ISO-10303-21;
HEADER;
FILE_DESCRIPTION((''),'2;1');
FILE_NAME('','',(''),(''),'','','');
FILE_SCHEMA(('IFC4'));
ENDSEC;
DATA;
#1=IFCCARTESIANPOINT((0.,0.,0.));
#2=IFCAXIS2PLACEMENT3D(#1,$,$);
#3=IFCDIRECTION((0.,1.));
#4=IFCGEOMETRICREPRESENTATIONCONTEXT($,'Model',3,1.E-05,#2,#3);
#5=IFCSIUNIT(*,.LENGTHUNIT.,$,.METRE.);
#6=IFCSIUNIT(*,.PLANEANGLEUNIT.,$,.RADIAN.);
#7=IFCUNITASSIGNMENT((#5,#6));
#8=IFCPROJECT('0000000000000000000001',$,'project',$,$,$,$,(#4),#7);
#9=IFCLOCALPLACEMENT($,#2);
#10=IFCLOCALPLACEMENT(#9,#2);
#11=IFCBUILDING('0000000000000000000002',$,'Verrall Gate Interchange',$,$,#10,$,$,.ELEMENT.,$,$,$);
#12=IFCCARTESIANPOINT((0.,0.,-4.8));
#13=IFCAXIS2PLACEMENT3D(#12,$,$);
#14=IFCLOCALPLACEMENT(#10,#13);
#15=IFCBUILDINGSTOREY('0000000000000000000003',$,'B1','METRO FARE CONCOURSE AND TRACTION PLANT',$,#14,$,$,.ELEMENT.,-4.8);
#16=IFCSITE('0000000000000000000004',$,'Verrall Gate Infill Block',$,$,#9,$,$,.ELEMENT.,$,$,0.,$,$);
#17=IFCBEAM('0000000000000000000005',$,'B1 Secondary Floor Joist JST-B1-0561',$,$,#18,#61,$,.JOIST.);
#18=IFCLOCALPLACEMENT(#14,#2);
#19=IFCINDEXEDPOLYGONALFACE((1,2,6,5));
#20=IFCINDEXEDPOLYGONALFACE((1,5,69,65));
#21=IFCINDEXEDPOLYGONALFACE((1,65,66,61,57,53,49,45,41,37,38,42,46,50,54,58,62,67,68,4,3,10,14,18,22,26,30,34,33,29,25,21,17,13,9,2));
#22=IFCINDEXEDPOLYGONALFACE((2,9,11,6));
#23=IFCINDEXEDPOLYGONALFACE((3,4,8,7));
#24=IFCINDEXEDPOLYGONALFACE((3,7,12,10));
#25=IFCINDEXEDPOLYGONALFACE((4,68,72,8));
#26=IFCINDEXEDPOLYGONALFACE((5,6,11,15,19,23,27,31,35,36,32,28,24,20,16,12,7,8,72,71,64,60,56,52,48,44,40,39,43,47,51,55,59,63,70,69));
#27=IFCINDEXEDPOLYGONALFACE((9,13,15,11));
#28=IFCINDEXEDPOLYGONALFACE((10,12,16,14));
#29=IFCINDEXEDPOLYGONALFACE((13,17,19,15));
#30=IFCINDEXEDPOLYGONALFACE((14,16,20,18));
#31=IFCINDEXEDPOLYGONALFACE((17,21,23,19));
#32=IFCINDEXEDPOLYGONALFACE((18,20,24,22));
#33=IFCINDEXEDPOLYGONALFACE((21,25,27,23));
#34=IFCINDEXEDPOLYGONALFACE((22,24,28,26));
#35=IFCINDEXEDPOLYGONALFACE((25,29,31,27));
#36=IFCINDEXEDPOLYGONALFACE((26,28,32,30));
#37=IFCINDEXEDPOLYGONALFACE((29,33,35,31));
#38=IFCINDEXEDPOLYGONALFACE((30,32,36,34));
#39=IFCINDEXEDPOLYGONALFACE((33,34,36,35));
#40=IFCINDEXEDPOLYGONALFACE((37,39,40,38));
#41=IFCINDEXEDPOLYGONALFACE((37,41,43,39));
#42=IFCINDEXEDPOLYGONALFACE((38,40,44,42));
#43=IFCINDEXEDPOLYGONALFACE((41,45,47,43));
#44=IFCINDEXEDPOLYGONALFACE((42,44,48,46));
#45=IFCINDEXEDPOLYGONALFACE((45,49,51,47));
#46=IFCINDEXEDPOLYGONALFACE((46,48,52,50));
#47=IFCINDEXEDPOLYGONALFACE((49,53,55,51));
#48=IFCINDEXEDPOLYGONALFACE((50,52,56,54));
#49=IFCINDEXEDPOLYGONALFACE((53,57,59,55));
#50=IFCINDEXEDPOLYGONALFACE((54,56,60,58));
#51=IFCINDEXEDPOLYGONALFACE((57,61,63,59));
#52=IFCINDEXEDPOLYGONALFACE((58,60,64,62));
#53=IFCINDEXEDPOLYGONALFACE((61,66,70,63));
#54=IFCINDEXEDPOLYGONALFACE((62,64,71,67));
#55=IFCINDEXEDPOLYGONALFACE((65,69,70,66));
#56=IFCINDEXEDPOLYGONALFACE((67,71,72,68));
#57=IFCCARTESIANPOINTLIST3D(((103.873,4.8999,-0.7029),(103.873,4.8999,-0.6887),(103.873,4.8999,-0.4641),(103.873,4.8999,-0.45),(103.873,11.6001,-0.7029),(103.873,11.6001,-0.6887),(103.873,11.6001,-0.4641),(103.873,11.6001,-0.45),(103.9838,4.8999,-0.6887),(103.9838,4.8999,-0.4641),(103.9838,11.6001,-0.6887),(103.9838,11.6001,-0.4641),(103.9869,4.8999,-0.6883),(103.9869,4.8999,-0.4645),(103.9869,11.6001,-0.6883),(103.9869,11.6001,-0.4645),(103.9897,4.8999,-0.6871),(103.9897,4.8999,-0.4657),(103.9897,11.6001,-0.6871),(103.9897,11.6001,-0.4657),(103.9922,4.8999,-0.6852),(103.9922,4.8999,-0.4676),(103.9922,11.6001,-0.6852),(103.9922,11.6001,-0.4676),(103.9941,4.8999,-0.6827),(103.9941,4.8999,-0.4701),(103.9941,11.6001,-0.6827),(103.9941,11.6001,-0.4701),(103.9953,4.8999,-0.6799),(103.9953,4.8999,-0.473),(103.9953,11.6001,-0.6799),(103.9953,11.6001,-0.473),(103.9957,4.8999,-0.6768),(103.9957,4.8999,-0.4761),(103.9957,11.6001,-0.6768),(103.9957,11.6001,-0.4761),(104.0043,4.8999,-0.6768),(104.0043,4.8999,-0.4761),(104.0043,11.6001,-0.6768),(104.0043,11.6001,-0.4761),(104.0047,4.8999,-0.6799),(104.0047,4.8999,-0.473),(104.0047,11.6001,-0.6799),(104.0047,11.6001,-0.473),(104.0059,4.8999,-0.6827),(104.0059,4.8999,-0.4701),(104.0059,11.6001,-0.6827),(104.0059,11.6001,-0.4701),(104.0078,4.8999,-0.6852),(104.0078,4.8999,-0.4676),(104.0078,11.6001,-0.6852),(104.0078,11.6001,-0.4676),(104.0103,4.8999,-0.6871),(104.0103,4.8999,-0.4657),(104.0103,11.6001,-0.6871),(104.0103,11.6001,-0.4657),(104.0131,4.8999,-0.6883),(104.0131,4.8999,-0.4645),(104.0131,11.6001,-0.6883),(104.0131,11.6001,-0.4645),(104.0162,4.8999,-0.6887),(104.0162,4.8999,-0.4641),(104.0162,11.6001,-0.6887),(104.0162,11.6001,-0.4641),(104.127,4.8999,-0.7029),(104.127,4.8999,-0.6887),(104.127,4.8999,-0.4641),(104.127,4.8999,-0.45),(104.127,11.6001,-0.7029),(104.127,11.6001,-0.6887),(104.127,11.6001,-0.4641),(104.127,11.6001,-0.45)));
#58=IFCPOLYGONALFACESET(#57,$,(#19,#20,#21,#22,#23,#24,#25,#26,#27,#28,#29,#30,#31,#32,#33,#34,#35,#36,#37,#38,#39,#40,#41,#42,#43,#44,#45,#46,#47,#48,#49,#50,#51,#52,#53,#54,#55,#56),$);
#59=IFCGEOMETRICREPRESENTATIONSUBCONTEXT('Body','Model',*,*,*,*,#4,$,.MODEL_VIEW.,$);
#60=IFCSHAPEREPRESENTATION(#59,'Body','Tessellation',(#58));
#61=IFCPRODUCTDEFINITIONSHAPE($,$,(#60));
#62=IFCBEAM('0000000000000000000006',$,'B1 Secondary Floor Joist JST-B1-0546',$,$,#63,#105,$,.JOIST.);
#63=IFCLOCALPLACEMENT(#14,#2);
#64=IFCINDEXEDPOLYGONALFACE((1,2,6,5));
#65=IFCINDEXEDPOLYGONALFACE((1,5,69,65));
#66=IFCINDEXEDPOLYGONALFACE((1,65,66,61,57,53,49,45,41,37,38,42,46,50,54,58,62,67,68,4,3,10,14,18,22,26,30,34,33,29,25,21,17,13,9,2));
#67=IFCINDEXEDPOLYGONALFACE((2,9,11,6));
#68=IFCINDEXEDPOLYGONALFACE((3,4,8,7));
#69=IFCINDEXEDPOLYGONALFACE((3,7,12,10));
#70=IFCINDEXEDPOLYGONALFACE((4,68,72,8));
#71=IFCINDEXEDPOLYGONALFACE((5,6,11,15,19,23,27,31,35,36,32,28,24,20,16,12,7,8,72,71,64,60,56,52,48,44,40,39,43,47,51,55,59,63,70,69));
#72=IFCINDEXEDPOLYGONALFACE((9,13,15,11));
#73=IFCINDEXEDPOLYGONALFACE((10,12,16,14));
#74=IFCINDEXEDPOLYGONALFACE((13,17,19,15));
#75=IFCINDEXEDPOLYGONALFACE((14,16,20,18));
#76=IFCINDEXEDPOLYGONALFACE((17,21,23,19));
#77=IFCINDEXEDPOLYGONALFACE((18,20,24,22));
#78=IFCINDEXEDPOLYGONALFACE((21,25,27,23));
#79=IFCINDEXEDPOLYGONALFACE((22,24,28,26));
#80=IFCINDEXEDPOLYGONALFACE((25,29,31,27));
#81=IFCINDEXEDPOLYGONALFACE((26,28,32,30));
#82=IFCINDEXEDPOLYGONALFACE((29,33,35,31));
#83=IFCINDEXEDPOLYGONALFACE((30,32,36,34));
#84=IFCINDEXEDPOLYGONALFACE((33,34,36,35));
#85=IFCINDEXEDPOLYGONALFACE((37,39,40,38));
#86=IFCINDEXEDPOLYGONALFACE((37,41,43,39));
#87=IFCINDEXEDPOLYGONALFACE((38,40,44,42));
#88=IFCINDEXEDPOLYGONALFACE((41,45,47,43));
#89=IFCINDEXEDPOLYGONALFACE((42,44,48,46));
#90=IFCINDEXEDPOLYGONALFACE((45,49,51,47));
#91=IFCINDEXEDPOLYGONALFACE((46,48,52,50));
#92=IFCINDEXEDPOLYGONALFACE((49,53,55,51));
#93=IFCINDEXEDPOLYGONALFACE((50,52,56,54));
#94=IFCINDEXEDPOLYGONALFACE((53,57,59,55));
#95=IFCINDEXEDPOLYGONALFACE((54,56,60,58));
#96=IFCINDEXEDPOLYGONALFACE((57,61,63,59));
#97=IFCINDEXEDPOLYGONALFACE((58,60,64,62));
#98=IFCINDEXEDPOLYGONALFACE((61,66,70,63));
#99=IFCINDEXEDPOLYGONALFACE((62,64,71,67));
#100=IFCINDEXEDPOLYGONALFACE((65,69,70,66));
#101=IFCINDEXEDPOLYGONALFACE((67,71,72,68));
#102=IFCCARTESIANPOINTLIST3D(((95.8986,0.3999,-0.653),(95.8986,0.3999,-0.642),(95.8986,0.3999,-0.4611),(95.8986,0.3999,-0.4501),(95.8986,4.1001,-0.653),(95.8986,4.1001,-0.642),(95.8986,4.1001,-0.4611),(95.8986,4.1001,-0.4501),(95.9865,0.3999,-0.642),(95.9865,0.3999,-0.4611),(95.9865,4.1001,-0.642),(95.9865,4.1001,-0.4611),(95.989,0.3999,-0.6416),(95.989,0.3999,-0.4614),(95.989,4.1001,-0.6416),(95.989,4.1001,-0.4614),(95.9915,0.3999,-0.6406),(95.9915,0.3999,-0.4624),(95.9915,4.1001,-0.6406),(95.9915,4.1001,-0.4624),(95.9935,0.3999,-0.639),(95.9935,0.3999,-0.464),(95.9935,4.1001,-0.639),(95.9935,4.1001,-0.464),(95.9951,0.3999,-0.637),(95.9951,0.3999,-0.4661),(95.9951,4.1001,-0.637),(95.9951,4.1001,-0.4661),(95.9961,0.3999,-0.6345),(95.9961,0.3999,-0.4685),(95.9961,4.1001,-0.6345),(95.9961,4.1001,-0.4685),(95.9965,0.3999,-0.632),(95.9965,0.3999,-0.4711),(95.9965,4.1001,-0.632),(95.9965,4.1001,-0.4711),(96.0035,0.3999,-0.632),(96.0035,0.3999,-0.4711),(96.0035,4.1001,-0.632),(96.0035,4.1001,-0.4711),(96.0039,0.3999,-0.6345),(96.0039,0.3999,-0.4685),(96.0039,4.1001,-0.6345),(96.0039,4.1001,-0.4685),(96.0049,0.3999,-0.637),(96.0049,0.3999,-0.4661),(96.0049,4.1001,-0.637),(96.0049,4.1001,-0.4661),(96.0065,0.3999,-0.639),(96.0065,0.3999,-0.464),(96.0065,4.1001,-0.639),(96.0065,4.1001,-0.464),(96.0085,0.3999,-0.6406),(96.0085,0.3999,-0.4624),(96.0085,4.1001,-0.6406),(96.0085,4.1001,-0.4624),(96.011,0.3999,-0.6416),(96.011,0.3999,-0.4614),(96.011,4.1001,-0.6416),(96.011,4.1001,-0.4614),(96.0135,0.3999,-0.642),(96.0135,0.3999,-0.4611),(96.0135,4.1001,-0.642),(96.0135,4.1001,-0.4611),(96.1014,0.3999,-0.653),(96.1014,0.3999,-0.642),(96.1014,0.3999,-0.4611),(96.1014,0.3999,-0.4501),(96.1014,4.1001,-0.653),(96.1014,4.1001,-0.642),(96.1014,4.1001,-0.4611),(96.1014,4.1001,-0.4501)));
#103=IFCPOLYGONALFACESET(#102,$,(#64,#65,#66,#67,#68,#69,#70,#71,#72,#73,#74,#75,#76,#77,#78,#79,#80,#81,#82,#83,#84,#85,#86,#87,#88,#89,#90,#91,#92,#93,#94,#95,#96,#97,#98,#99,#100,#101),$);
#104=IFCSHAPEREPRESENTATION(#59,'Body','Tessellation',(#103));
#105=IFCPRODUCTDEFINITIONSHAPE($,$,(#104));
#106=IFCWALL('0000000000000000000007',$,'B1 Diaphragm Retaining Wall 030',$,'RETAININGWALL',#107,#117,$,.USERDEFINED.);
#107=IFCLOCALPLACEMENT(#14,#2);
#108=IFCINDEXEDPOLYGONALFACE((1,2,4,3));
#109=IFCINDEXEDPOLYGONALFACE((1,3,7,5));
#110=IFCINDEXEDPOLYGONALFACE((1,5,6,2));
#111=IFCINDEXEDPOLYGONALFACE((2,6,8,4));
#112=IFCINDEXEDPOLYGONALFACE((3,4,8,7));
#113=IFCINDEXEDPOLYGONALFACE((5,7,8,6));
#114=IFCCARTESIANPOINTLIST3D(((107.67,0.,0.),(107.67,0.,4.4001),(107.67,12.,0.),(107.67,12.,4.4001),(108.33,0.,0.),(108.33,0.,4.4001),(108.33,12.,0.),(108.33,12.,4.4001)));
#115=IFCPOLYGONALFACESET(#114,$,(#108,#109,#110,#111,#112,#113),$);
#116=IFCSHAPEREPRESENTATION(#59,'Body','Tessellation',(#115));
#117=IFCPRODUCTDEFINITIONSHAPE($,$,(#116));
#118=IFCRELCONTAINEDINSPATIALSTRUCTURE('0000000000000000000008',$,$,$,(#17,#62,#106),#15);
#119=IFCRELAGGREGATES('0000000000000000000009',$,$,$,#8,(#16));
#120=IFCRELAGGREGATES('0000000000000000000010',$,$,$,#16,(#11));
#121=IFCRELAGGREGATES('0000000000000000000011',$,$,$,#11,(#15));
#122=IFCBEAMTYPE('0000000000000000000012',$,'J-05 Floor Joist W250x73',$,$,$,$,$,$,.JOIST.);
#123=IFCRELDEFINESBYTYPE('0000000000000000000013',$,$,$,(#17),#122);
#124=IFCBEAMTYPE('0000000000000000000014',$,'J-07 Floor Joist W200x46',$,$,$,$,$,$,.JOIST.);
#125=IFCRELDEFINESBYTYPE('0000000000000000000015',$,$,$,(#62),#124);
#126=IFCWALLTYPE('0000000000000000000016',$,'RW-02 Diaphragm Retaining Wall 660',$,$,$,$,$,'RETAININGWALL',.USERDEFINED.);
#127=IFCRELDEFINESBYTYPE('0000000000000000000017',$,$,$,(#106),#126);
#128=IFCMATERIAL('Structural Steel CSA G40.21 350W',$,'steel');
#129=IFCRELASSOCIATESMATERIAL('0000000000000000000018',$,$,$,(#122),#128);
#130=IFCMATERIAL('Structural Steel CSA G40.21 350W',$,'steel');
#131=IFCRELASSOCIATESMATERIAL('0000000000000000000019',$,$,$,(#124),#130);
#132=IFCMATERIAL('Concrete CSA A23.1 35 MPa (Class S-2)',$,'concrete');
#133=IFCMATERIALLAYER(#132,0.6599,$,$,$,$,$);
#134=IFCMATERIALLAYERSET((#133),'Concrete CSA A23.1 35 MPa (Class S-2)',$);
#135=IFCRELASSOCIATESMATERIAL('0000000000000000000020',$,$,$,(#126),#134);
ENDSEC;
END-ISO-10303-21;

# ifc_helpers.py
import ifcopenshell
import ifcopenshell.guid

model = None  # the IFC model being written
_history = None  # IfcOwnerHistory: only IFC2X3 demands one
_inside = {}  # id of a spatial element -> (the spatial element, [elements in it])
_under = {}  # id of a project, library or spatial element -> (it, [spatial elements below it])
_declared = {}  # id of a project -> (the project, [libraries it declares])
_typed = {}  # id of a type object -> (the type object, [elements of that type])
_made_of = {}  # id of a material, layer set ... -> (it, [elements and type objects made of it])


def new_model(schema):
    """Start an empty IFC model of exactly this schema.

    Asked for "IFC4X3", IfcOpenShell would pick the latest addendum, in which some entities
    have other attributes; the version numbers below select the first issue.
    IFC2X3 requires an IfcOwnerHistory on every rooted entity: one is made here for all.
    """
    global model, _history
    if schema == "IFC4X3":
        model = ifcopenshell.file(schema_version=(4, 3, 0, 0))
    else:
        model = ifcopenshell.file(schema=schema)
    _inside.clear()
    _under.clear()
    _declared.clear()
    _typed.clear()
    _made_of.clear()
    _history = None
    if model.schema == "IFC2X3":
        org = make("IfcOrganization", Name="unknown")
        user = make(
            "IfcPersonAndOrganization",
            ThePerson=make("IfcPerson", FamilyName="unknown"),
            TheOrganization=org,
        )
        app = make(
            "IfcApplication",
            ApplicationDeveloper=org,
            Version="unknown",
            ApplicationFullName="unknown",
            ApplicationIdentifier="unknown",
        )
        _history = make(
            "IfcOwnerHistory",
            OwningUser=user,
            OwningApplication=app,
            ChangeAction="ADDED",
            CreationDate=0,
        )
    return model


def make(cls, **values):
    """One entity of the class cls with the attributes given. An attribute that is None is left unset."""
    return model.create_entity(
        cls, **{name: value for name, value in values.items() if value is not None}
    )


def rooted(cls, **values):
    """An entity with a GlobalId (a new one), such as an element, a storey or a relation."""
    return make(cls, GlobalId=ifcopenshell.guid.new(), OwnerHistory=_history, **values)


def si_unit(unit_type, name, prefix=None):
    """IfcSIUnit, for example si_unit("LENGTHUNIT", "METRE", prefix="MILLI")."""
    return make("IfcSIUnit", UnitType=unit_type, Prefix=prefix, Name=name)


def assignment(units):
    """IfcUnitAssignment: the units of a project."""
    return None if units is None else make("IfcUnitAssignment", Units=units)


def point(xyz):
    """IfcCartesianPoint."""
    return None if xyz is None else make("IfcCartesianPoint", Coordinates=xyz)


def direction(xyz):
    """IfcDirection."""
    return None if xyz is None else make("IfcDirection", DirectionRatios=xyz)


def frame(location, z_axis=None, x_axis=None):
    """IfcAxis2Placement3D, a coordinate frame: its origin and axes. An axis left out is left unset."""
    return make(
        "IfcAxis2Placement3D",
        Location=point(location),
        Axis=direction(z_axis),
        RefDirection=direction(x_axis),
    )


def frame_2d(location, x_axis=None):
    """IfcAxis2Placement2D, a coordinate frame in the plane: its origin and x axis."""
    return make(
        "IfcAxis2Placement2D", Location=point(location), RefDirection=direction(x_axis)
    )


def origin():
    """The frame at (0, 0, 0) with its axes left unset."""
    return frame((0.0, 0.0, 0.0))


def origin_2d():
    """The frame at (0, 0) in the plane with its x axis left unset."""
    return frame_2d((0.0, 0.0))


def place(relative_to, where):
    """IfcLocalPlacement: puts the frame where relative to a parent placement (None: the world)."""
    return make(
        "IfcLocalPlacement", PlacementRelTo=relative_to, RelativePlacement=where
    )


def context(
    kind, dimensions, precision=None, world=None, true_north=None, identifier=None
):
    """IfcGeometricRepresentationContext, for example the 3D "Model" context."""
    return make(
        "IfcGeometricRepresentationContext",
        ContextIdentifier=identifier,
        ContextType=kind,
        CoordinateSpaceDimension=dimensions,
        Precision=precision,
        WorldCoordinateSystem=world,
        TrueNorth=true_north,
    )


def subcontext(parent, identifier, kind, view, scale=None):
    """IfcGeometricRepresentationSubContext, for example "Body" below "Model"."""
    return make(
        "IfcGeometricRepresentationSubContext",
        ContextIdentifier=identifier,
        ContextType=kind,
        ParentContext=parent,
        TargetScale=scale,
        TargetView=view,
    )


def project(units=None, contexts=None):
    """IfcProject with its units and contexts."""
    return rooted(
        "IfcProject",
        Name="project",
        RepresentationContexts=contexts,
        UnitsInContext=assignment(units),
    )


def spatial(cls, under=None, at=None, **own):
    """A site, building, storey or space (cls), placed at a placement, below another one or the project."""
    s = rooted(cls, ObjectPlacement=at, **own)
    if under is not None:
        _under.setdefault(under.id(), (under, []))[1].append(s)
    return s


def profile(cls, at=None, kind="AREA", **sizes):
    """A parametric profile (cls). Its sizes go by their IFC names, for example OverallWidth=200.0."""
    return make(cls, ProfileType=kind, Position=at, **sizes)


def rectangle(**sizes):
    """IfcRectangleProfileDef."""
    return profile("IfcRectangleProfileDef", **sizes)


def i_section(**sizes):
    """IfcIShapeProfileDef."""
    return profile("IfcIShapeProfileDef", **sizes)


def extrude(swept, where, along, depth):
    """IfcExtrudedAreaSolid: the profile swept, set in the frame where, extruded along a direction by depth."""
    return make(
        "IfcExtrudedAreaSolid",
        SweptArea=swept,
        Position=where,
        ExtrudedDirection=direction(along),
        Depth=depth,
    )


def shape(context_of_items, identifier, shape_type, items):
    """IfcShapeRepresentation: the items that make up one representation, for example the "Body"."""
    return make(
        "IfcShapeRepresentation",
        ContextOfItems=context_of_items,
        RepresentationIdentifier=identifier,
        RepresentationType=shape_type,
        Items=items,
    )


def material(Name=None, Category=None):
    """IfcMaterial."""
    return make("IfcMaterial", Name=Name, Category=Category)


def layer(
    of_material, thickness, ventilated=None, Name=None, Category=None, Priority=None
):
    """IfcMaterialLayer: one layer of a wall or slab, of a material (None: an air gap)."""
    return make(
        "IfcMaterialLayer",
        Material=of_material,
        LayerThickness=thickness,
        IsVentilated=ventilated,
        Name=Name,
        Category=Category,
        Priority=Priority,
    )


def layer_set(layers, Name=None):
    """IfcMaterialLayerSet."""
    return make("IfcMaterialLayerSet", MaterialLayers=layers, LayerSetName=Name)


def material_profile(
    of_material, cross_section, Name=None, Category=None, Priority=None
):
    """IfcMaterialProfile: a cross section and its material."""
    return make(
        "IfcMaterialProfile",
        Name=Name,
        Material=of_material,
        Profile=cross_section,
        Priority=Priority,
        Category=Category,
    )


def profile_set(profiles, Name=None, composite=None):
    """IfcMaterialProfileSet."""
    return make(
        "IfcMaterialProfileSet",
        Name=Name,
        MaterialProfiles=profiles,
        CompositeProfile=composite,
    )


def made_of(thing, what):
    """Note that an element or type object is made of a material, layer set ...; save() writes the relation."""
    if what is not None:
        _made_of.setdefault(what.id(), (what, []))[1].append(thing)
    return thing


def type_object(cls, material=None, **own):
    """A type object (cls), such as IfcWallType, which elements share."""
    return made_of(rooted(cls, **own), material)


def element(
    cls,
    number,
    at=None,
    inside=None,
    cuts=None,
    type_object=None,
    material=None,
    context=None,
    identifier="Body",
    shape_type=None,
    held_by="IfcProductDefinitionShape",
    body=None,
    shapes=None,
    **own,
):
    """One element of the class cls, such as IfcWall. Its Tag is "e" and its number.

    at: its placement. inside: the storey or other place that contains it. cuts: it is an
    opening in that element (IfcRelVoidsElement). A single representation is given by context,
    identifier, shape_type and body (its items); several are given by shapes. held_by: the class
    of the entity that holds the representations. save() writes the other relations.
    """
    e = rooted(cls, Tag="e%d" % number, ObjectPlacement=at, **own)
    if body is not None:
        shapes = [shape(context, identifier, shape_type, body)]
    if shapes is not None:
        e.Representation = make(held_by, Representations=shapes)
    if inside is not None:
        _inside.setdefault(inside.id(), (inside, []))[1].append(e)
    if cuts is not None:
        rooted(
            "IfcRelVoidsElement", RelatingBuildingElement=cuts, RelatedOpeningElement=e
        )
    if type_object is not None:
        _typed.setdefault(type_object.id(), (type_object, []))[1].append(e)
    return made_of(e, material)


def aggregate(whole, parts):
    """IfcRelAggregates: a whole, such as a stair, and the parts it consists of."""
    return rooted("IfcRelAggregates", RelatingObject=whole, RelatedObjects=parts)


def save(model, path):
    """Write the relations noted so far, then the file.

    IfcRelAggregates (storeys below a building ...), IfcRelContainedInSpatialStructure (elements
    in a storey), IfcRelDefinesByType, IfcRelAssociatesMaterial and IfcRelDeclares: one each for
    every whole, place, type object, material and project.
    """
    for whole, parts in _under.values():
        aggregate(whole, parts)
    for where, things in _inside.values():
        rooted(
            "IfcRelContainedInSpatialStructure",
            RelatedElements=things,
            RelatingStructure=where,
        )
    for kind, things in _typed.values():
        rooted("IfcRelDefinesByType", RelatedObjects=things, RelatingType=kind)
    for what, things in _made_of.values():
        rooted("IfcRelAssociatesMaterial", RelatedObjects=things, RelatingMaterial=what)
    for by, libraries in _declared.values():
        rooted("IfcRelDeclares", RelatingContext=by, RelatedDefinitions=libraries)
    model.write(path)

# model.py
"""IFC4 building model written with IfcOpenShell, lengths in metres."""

from ifc_helpers import new_model, si_unit, direction, frame, frame_2d, origin, origin_2d, place, context, subcontext, project, spatial, rectangle, i_section, extrude, material, layer, layer_set, material_profile, profile_set, type_object, element, save


model = new_model("IFC4")

# Units and contexts
model_context = context("Model", 3, precision=1e-05, world=origin(), true_north=direction((0.0, 1.0)))
body_context = subcontext(model_context, "Body", "Model", "MODEL_VIEW")
ifc_project = project(units=[si_unit("LENGTHUNIT", "METRE"), si_unit("PLANEANGLEUNIT", "RADIAN")], contexts=[model_context])

# Site, building, storey
site_placement = place(None, origin())
site = spatial("IfcSite", under=ifc_project, at=site_placement, Name="Verrall Gate Infill Block", CompositionType="ELEMENT", RefElevation=0.0)
building_placement = place(site_placement, origin())
building = spatial("IfcBuilding", under=site, at=building_placement, Name="Verrall Gate Interchange", CompositionType="ELEMENT")
storey_placement = place(building_placement, frame((0.0, 0.0, -4.8)))
storey = spatial("IfcBuildingStorey", under=building, at=storey_placement, Name="B1", Description="METRO FARE CONCOURSE AND TRACTION PLANT", CompositionType="ELEMENT", Elevation=-4.8)

# Beams
ifc_material_1 = material(Name="Structural Steel CSA G40.21 350W", Category="steel")
ifc_material_profile_1 = material_profile(ifc_material_1, i_section(OverallWidth=0.2539, OverallDepth=0.2529, WebThickness=0.0085, FlangeThickness=0.0142, FilletRadius=0.012, at=origin_2d()), Name="W250x73")
ifc_profile_set_1 = profile_set([ifc_material_profile_1], Name="Structural Steel CSA G40.21 350W")
beam_type_1 = type_object("IfcBeamType", Name="J-05 Floor Joist W250x73", PredefinedType="JOIST", material=ifc_profile_set_1)
beam_1_placement = place(storey_placement, frame((104.0, 4.8999, -0.5764), z_axis=(0.0, 1.0, 0.0), x_axis=(-1.0, 0.0, 0.0)))
element("IfcBeam", 1, at=beam_1_placement, inside=storey, type_object=beam_type_1, Name="B1 Secondary Floor Joist JST-B1-0561", PredefinedType="JOIST", context=body_context, shape_type="SweptSolid", body=[
    extrude(i_section(OverallWidth=0.2539, OverallDepth=0.2529, WebThickness=0.0085, FlangeThickness=0.0142, FilletRadius=0.012, at=origin_2d()), origin(), (0.0, 0.0, 1.0), 6.7002),
])
ifc_material_2 = material(Name="Structural Steel CSA G40.21 350W", Category="steel")
ifc_material_profile_2 = material_profile(ifc_material_2, i_section(OverallWidth=0.2029, OverallDepth=0.2029, WebThickness=0.0071, FlangeThickness=0.011, FilletRadius=0.01, at=origin_2d()), Name="W200x46")
ifc_profile_set_2 = profile_set([ifc_material_profile_2], Name="Structural Steel CSA G40.21 350W")
beam_type_2 = type_object("IfcBeamType", Name="J-07 Floor Joist W200x46", PredefinedType="JOIST", material=ifc_profile_set_2)
beam_2_placement = place(storey_placement, frame((96.0, 0.3999, -0.5515), z_axis=(0.0, 1.0, 0.0), x_axis=(-1.0, 0.0, 0.0)))
element("IfcBeam", 2, at=beam_2_placement, inside=storey, type_object=beam_type_2, Name="B1 Secondary Floor Joist JST-B1-0546", PredefinedType="JOIST", context=body_context, shape_type="SweptSolid", body=[
    extrude(i_section(OverallWidth=0.2029, OverallDepth=0.2029, WebThickness=0.0071, FlangeThickness=0.011, FilletRadius=0.01, at=origin_2d()), origin(), (0.0, 0.0, 1.0), 3.7002),
])

# Wall
ifc_material_3 = material(Name="Concrete CSA A23.1 35 MPa (Class S-2)", Category="concrete")
ifc_layer = layer(ifc_material_3, 0.6599)
ifc_layer_set = layer_set([ifc_layer], Name="Concrete CSA A23.1 35 MPa (Class S-2)")
wall_type = type_object("IfcWallType", Name="RW-02 Diaphragm Retaining Wall 660", ElementType="RETAININGWALL", PredefinedType="USERDEFINED", material=ifc_layer_set)
wall_placement = place(storey_placement, frame((108.0, 0.0, 0.0), z_axis=(0.0, 0.0, 1.0), x_axis=(0.0, 1.0, 0.0)))
element("IfcWall", 3, at=wall_placement, inside=storey, type_object=wall_type, Name="B1 Diaphragm Retaining Wall 030", ObjectType="RETAININGWALL", PredefinedType="USERDEFINED", context=body_context, shape_type="SweptSolid", body=[
    extrude(rectangle(XDim=12.0, YDim=0.6599, at=frame_2d((6.0, 0.0))), origin(), (0.0, 0.0, 1.0), 4.4001),
])

save(model, "model.ifc")
